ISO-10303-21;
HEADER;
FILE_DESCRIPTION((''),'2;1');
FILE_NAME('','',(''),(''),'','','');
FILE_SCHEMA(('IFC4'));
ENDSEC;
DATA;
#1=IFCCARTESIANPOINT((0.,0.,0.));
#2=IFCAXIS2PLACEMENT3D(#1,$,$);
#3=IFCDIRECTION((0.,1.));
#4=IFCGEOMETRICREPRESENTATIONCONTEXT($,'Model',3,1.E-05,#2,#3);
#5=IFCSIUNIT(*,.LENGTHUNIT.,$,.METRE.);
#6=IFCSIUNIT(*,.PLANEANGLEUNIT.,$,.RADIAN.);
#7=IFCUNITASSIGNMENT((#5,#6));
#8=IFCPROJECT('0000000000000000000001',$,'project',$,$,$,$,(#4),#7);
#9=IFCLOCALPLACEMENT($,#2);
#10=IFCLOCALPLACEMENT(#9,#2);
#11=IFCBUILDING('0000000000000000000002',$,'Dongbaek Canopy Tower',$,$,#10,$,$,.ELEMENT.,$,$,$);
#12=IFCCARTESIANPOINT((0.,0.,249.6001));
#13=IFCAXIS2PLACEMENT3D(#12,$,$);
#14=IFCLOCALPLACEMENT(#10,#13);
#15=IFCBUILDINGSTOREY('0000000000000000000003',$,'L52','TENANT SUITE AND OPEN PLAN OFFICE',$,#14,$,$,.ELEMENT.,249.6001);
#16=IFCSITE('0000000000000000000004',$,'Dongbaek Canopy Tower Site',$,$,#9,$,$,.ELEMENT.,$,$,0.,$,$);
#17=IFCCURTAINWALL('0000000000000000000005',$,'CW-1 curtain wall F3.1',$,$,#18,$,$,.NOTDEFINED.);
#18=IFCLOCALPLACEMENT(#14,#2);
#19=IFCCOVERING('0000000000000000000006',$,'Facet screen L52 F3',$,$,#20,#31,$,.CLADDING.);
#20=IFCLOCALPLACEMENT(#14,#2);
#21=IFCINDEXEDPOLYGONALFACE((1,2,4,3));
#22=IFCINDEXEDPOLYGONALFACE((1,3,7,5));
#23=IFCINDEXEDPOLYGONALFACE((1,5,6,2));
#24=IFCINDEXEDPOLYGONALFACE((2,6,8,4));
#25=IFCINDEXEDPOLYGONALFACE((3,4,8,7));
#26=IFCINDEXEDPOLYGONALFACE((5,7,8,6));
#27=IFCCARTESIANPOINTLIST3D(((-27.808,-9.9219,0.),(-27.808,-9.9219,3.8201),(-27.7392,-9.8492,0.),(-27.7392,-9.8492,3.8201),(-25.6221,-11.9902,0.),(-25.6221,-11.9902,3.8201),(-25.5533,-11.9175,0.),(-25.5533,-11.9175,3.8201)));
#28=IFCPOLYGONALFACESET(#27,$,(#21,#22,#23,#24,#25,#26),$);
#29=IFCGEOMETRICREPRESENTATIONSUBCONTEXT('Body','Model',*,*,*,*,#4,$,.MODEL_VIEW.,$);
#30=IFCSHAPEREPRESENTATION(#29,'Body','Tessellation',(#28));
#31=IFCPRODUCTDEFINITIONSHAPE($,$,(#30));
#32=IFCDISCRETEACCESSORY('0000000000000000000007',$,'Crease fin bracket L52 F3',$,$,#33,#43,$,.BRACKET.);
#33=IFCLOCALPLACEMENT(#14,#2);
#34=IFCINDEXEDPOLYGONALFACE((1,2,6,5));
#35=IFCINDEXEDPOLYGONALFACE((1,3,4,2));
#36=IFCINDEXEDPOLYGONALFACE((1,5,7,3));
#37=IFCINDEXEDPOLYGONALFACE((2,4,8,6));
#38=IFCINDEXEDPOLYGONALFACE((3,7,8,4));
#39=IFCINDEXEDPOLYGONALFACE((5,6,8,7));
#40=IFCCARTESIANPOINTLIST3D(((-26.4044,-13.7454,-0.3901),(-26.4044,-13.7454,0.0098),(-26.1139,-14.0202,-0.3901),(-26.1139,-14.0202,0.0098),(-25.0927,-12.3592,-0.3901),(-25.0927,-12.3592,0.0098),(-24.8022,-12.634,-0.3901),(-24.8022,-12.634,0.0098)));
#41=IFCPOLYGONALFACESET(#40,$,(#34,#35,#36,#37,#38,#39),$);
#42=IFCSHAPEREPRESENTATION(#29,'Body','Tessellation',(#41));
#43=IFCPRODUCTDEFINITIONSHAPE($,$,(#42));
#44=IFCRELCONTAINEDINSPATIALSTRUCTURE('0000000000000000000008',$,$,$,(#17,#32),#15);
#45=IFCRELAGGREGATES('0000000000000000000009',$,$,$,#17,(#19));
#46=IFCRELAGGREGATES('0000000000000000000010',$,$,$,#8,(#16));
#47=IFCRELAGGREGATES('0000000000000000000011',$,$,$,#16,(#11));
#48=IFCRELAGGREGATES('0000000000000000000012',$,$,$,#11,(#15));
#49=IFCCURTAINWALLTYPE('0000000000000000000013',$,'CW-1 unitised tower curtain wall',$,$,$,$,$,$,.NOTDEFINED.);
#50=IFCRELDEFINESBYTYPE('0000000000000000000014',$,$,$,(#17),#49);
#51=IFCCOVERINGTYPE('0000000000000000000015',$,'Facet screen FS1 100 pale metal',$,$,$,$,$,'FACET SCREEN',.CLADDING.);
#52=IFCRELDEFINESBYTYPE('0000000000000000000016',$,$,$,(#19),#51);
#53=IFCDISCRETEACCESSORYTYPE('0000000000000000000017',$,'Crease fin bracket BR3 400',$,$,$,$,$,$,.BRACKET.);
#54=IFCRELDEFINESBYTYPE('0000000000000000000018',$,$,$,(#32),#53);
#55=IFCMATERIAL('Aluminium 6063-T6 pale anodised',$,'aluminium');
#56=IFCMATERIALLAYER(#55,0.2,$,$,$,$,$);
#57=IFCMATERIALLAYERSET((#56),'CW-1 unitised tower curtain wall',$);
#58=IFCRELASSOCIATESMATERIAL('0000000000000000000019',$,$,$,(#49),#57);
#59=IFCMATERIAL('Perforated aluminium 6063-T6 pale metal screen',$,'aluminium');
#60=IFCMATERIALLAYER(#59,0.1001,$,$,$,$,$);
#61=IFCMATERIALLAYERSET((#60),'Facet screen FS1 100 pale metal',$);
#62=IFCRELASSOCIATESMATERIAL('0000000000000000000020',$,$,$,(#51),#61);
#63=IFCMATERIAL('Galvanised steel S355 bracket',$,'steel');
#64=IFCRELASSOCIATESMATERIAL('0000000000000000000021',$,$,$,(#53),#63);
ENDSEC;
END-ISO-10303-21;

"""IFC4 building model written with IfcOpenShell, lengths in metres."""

from ifc_helpers import new_model, si_unit, direction, frame, origin, origin_2d, place, context, subcontext, project, spatial, rectangle, extrude, material, layer, layer_set, type_object, element, aggregate, save


model = new_model("IFC4")

# Units and contexts
model_context = context("Model", 3, precision=1e-05, world=origin(), true_north=direction((0.0, 1.0)))
body_context = subcontext(model_context, "Body", "Model", "MODEL_VIEW")
ifc_project = project(units=[si_unit("LENGTHUNIT", "METRE"), si_unit("PLANEANGLEUNIT", "RADIAN")], contexts=[model_context])

# Site, building, storey
site_placement = place(None, origin())
site = spatial("IfcSite", under=ifc_project, at=site_placement, Name="Dongbaek Canopy Tower Site", CompositionType="ELEMENT", RefElevation=0.0)
building_placement = place(site_placement, origin())
building = spatial("IfcBuilding", under=site, at=building_placement, Name="Dongbaek Canopy Tower", CompositionType="ELEMENT")
storey_placement = place(building_placement, frame((0.0, 0.0, 249.6001)))
storey = spatial("IfcBuildingStorey", under=building, at=storey_placement, Name="L52", Description="TENANT SUITE AND OPEN PLAN OFFICE", CompositionType="ELEMENT", Elevation=249.6001)

# Curtain wall
ifc_material_1 = material(Name="Aluminium 6063-T6 pale anodised", Category="aluminium")
ifc_layer_1 = layer(ifc_material_1, 0.2)
ifc_layer_set_1 = layer_set([ifc_layer_1], Name="CW-1 unitised tower curtain wall")
curtain_wall_type = type_object("IfcCurtainWallType", Name="CW-1 unitised tower curtain wall", PredefinedType="NOTDEFINED", material=ifc_layer_set_1)
curtain_wall_placement = place(storey_placement, origin())
curtain_wall = element("IfcCurtainWall", 1, at=curtain_wall_placement, inside=storey, type_object=curtain_wall_type, Name="CW-1 curtain wall F3.1", PredefinedType="NOTDEFINED")

# Covering
ifc_material_2 = material(Name="Perforated aluminium 6063-T6 pale metal screen", Category="aluminium")
ifc_layer_2 = layer(ifc_material_2, 0.1001)
ifc_layer_set_2 = layer_set([ifc_layer_2], Name="Facet screen FS1 100 pale metal")
covering_type = type_object("IfcCoveringType", Name="Facet screen FS1 100 pale metal", ElementType="FACET SCREEN", PredefinedType="CLADDING", material=ifc_layer_set_2)
covering_placement = place(storey_placement, frame((-26.6807, -10.9197, 0.0), z_axis=(0.0, 0.0, 1.0), x_axis=(0.72637, -0.687304, 0.0)))
covering = element("IfcCovering", 2, at=covering_placement, type_object=covering_type, Name="Facet screen L52 F3", PredefinedType="CLADDING", context=body_context, shape_type="SweptSolid", body=[
    extrude(rectangle(XDim=3.0093, YDim=0.1001, at=origin_2d()), origin(), (0.0, 0.0, 1.0), 3.8201),
])
aggregate(curtain_wall, [covering])

# Discrete accessory
ifc_material_3 = material(Name="Galvanised steel S355 bracket", Category="steel")
discrete_accessory_type = type_object("IfcDiscreteAccessoryType", Name="Crease fin bracket BR3 400", PredefinedType="BRACKET", material=ifc_material_3)
discrete_accessory_placement = place(storey_placement, frame((-25.6033, -13.1897, -0.3901), z_axis=(0.0, 0.0, 1.0), x_axis=(-0.687304, -0.72637, 0.0)))
element("IfcDiscreteAccessory", 3, at=discrete_accessory_placement, inside=storey, type_object=discrete_accessory_type, Name="Crease fin bracket L52 F3", PredefinedType="BRACKET", context=body_context, shape_type="SweptSolid", body=[
    extrude(rectangle(XDim=1.9084, YDim=0.3999, at=origin_2d()), origin(), (0.0, 0.0, 1.0), 0.3999),
])

save(model, "model.ifc")
